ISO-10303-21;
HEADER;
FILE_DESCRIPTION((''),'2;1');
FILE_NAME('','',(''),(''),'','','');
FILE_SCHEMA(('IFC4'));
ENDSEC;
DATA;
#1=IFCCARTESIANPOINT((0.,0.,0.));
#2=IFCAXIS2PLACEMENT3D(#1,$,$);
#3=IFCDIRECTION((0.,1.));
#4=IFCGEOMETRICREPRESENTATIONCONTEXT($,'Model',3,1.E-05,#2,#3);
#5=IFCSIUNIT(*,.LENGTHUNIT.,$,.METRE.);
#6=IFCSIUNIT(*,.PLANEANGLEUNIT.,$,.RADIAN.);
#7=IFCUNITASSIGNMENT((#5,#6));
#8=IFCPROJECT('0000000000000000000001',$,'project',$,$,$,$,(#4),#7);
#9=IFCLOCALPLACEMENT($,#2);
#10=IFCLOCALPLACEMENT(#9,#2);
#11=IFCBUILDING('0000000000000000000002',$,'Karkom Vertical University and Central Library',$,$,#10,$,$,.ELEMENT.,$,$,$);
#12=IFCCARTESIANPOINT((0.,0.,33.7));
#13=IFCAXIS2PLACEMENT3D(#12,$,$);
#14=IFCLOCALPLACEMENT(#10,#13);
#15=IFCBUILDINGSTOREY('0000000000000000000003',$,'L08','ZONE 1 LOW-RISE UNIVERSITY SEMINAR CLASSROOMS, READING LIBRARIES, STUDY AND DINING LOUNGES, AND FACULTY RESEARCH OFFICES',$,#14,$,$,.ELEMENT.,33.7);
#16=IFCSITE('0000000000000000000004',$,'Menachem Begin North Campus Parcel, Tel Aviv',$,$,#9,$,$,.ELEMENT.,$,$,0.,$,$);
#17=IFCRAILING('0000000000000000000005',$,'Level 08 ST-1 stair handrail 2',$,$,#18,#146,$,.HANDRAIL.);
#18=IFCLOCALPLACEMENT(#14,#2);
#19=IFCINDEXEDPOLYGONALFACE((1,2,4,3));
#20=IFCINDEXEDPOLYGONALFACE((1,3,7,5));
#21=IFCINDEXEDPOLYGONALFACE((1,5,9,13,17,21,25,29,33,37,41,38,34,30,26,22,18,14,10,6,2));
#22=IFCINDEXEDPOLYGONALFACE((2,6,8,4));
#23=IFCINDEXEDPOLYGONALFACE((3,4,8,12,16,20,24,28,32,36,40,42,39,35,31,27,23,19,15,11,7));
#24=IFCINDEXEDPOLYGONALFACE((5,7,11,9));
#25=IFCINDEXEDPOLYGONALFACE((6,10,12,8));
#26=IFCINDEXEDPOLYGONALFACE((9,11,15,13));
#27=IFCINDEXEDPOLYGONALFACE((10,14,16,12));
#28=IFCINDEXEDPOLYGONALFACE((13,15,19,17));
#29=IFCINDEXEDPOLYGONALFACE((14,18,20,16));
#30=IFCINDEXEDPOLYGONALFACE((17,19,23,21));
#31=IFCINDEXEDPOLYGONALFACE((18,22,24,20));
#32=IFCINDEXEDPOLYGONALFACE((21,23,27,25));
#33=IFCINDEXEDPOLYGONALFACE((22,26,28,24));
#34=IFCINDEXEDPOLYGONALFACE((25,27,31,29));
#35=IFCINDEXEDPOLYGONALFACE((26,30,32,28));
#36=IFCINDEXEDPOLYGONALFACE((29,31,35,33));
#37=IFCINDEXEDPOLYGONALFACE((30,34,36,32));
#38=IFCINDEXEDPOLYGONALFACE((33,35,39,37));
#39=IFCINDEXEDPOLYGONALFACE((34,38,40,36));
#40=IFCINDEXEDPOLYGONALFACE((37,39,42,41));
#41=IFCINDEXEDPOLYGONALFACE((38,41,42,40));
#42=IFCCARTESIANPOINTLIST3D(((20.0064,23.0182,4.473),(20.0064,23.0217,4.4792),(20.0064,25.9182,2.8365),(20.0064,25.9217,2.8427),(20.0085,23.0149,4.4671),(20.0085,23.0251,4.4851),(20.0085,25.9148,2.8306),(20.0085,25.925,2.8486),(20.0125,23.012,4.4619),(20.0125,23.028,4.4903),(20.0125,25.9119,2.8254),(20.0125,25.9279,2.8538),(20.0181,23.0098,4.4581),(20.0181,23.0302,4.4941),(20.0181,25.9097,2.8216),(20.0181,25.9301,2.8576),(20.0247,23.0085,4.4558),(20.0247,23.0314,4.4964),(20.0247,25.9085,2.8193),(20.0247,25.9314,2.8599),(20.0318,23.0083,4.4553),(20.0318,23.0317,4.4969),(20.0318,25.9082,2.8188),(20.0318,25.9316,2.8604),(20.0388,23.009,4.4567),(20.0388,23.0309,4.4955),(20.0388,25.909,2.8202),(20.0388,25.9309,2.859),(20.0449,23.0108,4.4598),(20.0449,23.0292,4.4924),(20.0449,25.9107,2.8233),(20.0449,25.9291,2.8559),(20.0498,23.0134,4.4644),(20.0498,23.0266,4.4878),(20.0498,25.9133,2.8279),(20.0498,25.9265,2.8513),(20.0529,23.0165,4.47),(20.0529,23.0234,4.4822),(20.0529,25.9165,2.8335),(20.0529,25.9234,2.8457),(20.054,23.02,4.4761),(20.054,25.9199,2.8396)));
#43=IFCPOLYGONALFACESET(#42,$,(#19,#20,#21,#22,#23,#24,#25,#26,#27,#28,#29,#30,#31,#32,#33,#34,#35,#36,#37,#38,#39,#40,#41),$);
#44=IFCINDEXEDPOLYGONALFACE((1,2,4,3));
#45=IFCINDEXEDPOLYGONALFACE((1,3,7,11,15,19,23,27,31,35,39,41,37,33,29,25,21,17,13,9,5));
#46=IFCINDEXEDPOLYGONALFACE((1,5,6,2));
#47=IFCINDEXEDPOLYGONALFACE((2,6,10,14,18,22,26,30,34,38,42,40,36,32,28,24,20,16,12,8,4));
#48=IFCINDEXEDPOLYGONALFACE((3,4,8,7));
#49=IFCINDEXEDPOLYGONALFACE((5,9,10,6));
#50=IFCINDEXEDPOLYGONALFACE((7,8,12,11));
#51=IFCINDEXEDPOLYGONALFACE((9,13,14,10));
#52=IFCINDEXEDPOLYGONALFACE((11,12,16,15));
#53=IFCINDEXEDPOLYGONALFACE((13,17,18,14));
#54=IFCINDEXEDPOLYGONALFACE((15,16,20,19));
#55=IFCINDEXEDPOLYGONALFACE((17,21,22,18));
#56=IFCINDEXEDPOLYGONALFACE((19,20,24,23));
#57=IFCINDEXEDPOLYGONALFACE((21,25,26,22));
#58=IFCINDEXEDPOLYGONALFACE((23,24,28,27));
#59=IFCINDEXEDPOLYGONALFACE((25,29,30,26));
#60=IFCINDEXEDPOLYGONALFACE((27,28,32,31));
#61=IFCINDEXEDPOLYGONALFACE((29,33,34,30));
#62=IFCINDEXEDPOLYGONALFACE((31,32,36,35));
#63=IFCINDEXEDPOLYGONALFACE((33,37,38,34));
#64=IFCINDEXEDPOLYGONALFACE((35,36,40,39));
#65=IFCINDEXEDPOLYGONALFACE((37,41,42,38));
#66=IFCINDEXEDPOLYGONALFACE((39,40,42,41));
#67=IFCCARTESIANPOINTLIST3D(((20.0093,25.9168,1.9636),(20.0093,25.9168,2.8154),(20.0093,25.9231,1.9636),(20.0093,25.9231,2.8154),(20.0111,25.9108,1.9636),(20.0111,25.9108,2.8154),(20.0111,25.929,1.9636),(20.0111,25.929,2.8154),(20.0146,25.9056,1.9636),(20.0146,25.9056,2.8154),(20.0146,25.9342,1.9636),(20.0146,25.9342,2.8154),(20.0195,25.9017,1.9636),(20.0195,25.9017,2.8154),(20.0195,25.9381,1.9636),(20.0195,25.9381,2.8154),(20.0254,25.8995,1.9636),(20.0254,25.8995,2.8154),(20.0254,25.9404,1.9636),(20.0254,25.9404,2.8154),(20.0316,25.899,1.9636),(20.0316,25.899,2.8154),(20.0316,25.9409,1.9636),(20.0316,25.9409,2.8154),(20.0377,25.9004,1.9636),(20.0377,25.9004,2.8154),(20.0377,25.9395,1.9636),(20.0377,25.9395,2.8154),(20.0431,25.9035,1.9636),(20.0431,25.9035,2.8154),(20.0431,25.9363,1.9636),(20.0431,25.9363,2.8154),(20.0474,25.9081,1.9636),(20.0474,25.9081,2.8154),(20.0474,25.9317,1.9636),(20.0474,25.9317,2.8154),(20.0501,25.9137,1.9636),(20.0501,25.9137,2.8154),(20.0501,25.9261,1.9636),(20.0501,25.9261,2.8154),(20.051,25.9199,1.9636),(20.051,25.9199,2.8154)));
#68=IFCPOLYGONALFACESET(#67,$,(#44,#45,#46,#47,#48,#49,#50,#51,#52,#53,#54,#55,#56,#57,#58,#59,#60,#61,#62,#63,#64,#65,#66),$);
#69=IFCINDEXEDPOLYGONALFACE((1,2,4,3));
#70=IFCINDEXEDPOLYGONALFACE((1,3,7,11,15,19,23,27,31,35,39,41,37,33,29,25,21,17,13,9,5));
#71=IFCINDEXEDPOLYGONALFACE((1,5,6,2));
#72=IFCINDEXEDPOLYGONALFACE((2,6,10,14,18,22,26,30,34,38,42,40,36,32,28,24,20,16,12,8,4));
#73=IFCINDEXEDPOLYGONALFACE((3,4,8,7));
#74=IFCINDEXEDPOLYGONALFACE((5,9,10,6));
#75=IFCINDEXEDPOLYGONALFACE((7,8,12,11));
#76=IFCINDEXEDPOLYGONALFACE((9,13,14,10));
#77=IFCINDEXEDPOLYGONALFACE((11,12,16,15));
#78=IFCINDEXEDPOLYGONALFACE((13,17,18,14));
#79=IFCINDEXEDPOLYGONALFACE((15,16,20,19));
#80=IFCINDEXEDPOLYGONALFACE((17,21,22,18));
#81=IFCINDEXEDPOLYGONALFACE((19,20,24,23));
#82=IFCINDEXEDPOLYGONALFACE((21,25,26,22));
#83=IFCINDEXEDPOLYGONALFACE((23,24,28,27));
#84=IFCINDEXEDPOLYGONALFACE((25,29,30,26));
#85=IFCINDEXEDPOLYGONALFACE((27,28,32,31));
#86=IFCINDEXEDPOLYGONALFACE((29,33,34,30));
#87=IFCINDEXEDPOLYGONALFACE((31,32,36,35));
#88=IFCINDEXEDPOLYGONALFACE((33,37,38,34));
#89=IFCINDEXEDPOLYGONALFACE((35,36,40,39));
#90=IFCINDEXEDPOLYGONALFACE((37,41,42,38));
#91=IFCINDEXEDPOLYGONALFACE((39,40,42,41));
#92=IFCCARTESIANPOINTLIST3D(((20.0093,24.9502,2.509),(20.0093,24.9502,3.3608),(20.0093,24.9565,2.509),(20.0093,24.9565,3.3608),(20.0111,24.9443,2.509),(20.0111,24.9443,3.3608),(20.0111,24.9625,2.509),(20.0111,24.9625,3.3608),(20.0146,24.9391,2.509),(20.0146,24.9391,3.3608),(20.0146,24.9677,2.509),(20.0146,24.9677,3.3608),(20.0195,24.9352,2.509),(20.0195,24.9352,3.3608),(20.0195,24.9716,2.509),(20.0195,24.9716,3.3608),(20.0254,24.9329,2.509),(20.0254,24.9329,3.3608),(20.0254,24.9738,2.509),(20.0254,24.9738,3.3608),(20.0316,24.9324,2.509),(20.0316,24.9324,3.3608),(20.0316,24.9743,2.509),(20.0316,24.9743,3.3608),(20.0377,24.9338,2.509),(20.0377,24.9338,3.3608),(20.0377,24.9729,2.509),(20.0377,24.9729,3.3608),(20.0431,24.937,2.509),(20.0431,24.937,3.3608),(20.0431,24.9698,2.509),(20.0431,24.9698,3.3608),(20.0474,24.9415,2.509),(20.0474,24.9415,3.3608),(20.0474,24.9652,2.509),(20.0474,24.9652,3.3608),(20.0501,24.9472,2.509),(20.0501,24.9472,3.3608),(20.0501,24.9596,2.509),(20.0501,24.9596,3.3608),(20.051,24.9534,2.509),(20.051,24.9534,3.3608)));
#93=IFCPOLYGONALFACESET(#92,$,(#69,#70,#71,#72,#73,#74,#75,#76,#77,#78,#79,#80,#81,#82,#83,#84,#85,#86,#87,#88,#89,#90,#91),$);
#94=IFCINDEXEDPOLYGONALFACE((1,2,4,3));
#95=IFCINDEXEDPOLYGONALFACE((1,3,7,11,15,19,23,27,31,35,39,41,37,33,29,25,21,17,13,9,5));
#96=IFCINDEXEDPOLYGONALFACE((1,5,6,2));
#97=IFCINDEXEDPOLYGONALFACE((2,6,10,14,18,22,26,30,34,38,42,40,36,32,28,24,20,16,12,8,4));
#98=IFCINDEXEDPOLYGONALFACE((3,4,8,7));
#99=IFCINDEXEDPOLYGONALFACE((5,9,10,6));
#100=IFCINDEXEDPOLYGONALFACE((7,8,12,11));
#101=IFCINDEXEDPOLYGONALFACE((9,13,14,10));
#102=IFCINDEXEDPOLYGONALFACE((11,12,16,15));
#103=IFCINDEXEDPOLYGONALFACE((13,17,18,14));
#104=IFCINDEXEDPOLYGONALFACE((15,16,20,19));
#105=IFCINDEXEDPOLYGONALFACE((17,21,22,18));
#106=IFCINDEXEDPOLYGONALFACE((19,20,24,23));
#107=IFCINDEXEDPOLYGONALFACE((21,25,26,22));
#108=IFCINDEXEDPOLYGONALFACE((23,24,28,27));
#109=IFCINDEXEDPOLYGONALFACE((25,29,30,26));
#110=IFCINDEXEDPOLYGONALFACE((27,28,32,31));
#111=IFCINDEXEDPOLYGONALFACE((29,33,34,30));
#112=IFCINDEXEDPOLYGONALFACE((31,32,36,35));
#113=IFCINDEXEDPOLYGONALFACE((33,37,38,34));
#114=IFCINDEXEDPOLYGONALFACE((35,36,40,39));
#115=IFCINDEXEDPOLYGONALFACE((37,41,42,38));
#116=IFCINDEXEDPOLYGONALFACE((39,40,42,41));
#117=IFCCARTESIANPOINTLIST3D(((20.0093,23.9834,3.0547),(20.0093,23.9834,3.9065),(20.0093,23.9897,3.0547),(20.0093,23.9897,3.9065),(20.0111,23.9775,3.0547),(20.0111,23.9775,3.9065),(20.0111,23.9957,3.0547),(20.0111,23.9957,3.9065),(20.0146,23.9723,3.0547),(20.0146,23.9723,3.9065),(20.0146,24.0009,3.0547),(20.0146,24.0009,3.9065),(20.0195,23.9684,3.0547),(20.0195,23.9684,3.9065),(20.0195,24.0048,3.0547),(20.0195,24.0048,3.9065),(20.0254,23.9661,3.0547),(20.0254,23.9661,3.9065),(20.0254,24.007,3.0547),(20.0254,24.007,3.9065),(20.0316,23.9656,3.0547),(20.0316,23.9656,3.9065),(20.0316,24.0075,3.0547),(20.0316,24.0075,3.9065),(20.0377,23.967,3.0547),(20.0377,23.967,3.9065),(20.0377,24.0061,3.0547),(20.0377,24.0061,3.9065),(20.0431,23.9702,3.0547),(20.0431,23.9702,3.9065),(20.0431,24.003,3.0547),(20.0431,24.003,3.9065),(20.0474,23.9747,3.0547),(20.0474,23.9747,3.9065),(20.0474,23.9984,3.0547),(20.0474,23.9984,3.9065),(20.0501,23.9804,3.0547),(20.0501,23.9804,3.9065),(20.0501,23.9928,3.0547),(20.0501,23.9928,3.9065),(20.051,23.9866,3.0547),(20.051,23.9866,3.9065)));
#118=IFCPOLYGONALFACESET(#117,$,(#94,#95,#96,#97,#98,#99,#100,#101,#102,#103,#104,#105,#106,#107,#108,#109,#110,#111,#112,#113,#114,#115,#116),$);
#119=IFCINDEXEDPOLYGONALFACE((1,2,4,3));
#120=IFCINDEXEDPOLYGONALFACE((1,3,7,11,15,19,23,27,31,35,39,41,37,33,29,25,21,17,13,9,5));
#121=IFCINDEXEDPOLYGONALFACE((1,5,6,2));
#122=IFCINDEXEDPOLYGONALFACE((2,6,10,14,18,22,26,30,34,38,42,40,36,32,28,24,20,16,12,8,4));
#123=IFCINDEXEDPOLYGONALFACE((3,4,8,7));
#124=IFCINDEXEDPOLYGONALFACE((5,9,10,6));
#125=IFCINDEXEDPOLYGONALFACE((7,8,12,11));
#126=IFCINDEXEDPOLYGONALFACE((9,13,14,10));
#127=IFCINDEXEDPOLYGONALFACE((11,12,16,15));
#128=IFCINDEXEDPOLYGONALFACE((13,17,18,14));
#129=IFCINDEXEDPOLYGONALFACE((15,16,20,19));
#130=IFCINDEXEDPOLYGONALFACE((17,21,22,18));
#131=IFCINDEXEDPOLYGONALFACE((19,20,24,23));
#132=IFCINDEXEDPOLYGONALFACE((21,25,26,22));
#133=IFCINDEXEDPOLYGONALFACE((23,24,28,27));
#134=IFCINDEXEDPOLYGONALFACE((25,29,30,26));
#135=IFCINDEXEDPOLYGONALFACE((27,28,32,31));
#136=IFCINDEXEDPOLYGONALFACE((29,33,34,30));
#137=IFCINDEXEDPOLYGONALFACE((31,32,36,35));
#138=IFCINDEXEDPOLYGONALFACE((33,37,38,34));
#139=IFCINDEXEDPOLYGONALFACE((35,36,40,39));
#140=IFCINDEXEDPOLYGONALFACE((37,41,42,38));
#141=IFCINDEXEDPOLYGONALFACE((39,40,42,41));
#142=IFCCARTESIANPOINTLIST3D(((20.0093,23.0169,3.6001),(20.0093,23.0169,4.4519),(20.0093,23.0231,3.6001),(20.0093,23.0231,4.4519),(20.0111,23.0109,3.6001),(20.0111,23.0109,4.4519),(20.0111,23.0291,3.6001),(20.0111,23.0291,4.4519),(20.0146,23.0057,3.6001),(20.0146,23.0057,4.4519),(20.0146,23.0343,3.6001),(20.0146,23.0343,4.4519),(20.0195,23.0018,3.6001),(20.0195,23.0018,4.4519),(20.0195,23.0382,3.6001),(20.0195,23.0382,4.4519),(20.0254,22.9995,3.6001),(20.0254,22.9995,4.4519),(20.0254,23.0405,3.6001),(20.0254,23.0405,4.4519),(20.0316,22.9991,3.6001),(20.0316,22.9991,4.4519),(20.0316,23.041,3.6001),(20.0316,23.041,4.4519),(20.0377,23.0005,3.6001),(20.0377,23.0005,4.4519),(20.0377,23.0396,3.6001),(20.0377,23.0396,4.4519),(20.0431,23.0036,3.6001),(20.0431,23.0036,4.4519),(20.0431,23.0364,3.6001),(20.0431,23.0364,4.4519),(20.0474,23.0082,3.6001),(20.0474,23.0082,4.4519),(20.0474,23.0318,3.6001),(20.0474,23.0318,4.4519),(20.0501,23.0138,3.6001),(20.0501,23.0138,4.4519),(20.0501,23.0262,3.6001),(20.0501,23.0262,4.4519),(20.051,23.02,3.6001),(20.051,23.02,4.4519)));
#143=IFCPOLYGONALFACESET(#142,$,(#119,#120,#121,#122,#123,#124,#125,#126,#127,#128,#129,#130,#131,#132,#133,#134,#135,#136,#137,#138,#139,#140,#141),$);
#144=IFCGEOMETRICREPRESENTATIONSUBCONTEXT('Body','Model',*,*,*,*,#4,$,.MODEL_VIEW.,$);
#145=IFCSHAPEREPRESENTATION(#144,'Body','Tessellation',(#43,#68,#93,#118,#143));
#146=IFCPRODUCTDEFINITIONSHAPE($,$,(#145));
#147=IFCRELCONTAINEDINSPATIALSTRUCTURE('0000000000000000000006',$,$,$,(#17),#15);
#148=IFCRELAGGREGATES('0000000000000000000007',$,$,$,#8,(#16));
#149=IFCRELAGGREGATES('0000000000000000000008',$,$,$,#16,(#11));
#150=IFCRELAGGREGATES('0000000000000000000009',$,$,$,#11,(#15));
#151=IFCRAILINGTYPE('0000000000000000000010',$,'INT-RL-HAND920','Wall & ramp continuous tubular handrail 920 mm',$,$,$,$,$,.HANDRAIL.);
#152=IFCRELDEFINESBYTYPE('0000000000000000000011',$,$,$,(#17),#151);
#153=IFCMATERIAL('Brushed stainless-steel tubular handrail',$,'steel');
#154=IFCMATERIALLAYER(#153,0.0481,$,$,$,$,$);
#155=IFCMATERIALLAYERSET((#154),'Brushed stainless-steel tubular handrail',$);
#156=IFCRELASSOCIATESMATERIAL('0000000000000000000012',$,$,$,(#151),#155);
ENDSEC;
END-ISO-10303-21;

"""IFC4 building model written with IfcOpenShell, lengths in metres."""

from ifc_helpers import new_model, si_unit, direction, frame, origin, origin_2d, place, context, subcontext, project, spatial, circle, extrude, material, layer, layer_set, type_object, element, save


model = new_model("IFC4")

# Units and contexts
model_context = context("Model", 3, precision=1e-05, world=origin(), true_north=direction((0.0, 1.0)))
body_context = subcontext(model_context, "Body", "Model", "MODEL_VIEW")
ifc_project = project(units=[si_unit("LENGTHUNIT", "METRE"), si_unit("PLANEANGLEUNIT", "RADIAN")], contexts=[model_context])

# Site, building, storey
site_placement = place(None, origin())
site = spatial("IfcSite", under=ifc_project, at=site_placement, Name="Menachem Begin North Campus Parcel, Tel Aviv", CompositionType="ELEMENT", RefElevation=0.0)
building_placement = place(site_placement, origin())
building = spatial("IfcBuilding", under=site, at=building_placement, Name="Karkom Vertical University and Central Library", CompositionType="ELEMENT")
storey_placement = place(building_placement, frame((0.0, 0.0, 33.7)))
storey = spatial("IfcBuildingStorey", under=building, at=storey_placement, Name="L08", Description="ZONE 1 LOW-RISE UNIVERSITY SEMINAR CLASSROOMS, READING LIBRARIES, STUDY AND DINING LOUNGES, AND FACULTY RESEARCH OFFICES", CompositionType="ELEMENT", Elevation=33.7)

# Railing
ifc_material_1 = material(Name="Brushed stainless-steel tubular handrail", Category="steel")
ifc_layer_1 = layer(ifc_material_1, 0.0481)
ifc_layer_set_1 = layer_set([ifc_layer_1], Name="Brushed stainless-steel tubular handrail")
railing_type_1 = type_object("IfcRailingType", Name="INT-RL-HAND920", Description="Wall & ramp continuous tubular handrail 920 mm", PredefinedType="HANDRAIL", material=ifc_layer_set_1)
railing_1_placement = place(storey_placement, frame((20.03, 25.9199, 1.9636)))
element("IfcRailing", 1, at=railing_1_placement, inside=storey, type_object=railing_type_1, Name="Level 08 ST-1 stair handrail 2", PredefinedType="HANDRAIL", context=body_context, shape_type="SweptSolid", body=[
    extrude(circle(Radius=0.0239, at=origin_2d()), frame((0.0, 0.0, 0.876), z_axis=(0.0, -0.870897, 0.491465), x_axis=(1.0, 0.0, 0.0)), (0.0, 0.0, 1.0), 3.3298),
    extrude(circle(Radius=0.021, at=origin_2d()), origin(), (0.0, 0.0, 1.0), 0.8518),
    extrude(circle(Radius=0.021, at=origin_2d()), frame((0.0, -0.9666, 0.5454)), (0.0, 0.0, 1.0), 0.8518),
    extrude(circle(Radius=0.021, at=origin_2d()), frame((0.0, -1.9333, 1.0911)), (0.0, 0.0, 1.0), 0.8518),
    extrude(circle(Radius=0.021, at=origin_2d()), frame((0.0, -2.8999, 1.6365)), (0.0, 0.0, 1.0), 0.8518),
])

save(model, "model.ifc")
